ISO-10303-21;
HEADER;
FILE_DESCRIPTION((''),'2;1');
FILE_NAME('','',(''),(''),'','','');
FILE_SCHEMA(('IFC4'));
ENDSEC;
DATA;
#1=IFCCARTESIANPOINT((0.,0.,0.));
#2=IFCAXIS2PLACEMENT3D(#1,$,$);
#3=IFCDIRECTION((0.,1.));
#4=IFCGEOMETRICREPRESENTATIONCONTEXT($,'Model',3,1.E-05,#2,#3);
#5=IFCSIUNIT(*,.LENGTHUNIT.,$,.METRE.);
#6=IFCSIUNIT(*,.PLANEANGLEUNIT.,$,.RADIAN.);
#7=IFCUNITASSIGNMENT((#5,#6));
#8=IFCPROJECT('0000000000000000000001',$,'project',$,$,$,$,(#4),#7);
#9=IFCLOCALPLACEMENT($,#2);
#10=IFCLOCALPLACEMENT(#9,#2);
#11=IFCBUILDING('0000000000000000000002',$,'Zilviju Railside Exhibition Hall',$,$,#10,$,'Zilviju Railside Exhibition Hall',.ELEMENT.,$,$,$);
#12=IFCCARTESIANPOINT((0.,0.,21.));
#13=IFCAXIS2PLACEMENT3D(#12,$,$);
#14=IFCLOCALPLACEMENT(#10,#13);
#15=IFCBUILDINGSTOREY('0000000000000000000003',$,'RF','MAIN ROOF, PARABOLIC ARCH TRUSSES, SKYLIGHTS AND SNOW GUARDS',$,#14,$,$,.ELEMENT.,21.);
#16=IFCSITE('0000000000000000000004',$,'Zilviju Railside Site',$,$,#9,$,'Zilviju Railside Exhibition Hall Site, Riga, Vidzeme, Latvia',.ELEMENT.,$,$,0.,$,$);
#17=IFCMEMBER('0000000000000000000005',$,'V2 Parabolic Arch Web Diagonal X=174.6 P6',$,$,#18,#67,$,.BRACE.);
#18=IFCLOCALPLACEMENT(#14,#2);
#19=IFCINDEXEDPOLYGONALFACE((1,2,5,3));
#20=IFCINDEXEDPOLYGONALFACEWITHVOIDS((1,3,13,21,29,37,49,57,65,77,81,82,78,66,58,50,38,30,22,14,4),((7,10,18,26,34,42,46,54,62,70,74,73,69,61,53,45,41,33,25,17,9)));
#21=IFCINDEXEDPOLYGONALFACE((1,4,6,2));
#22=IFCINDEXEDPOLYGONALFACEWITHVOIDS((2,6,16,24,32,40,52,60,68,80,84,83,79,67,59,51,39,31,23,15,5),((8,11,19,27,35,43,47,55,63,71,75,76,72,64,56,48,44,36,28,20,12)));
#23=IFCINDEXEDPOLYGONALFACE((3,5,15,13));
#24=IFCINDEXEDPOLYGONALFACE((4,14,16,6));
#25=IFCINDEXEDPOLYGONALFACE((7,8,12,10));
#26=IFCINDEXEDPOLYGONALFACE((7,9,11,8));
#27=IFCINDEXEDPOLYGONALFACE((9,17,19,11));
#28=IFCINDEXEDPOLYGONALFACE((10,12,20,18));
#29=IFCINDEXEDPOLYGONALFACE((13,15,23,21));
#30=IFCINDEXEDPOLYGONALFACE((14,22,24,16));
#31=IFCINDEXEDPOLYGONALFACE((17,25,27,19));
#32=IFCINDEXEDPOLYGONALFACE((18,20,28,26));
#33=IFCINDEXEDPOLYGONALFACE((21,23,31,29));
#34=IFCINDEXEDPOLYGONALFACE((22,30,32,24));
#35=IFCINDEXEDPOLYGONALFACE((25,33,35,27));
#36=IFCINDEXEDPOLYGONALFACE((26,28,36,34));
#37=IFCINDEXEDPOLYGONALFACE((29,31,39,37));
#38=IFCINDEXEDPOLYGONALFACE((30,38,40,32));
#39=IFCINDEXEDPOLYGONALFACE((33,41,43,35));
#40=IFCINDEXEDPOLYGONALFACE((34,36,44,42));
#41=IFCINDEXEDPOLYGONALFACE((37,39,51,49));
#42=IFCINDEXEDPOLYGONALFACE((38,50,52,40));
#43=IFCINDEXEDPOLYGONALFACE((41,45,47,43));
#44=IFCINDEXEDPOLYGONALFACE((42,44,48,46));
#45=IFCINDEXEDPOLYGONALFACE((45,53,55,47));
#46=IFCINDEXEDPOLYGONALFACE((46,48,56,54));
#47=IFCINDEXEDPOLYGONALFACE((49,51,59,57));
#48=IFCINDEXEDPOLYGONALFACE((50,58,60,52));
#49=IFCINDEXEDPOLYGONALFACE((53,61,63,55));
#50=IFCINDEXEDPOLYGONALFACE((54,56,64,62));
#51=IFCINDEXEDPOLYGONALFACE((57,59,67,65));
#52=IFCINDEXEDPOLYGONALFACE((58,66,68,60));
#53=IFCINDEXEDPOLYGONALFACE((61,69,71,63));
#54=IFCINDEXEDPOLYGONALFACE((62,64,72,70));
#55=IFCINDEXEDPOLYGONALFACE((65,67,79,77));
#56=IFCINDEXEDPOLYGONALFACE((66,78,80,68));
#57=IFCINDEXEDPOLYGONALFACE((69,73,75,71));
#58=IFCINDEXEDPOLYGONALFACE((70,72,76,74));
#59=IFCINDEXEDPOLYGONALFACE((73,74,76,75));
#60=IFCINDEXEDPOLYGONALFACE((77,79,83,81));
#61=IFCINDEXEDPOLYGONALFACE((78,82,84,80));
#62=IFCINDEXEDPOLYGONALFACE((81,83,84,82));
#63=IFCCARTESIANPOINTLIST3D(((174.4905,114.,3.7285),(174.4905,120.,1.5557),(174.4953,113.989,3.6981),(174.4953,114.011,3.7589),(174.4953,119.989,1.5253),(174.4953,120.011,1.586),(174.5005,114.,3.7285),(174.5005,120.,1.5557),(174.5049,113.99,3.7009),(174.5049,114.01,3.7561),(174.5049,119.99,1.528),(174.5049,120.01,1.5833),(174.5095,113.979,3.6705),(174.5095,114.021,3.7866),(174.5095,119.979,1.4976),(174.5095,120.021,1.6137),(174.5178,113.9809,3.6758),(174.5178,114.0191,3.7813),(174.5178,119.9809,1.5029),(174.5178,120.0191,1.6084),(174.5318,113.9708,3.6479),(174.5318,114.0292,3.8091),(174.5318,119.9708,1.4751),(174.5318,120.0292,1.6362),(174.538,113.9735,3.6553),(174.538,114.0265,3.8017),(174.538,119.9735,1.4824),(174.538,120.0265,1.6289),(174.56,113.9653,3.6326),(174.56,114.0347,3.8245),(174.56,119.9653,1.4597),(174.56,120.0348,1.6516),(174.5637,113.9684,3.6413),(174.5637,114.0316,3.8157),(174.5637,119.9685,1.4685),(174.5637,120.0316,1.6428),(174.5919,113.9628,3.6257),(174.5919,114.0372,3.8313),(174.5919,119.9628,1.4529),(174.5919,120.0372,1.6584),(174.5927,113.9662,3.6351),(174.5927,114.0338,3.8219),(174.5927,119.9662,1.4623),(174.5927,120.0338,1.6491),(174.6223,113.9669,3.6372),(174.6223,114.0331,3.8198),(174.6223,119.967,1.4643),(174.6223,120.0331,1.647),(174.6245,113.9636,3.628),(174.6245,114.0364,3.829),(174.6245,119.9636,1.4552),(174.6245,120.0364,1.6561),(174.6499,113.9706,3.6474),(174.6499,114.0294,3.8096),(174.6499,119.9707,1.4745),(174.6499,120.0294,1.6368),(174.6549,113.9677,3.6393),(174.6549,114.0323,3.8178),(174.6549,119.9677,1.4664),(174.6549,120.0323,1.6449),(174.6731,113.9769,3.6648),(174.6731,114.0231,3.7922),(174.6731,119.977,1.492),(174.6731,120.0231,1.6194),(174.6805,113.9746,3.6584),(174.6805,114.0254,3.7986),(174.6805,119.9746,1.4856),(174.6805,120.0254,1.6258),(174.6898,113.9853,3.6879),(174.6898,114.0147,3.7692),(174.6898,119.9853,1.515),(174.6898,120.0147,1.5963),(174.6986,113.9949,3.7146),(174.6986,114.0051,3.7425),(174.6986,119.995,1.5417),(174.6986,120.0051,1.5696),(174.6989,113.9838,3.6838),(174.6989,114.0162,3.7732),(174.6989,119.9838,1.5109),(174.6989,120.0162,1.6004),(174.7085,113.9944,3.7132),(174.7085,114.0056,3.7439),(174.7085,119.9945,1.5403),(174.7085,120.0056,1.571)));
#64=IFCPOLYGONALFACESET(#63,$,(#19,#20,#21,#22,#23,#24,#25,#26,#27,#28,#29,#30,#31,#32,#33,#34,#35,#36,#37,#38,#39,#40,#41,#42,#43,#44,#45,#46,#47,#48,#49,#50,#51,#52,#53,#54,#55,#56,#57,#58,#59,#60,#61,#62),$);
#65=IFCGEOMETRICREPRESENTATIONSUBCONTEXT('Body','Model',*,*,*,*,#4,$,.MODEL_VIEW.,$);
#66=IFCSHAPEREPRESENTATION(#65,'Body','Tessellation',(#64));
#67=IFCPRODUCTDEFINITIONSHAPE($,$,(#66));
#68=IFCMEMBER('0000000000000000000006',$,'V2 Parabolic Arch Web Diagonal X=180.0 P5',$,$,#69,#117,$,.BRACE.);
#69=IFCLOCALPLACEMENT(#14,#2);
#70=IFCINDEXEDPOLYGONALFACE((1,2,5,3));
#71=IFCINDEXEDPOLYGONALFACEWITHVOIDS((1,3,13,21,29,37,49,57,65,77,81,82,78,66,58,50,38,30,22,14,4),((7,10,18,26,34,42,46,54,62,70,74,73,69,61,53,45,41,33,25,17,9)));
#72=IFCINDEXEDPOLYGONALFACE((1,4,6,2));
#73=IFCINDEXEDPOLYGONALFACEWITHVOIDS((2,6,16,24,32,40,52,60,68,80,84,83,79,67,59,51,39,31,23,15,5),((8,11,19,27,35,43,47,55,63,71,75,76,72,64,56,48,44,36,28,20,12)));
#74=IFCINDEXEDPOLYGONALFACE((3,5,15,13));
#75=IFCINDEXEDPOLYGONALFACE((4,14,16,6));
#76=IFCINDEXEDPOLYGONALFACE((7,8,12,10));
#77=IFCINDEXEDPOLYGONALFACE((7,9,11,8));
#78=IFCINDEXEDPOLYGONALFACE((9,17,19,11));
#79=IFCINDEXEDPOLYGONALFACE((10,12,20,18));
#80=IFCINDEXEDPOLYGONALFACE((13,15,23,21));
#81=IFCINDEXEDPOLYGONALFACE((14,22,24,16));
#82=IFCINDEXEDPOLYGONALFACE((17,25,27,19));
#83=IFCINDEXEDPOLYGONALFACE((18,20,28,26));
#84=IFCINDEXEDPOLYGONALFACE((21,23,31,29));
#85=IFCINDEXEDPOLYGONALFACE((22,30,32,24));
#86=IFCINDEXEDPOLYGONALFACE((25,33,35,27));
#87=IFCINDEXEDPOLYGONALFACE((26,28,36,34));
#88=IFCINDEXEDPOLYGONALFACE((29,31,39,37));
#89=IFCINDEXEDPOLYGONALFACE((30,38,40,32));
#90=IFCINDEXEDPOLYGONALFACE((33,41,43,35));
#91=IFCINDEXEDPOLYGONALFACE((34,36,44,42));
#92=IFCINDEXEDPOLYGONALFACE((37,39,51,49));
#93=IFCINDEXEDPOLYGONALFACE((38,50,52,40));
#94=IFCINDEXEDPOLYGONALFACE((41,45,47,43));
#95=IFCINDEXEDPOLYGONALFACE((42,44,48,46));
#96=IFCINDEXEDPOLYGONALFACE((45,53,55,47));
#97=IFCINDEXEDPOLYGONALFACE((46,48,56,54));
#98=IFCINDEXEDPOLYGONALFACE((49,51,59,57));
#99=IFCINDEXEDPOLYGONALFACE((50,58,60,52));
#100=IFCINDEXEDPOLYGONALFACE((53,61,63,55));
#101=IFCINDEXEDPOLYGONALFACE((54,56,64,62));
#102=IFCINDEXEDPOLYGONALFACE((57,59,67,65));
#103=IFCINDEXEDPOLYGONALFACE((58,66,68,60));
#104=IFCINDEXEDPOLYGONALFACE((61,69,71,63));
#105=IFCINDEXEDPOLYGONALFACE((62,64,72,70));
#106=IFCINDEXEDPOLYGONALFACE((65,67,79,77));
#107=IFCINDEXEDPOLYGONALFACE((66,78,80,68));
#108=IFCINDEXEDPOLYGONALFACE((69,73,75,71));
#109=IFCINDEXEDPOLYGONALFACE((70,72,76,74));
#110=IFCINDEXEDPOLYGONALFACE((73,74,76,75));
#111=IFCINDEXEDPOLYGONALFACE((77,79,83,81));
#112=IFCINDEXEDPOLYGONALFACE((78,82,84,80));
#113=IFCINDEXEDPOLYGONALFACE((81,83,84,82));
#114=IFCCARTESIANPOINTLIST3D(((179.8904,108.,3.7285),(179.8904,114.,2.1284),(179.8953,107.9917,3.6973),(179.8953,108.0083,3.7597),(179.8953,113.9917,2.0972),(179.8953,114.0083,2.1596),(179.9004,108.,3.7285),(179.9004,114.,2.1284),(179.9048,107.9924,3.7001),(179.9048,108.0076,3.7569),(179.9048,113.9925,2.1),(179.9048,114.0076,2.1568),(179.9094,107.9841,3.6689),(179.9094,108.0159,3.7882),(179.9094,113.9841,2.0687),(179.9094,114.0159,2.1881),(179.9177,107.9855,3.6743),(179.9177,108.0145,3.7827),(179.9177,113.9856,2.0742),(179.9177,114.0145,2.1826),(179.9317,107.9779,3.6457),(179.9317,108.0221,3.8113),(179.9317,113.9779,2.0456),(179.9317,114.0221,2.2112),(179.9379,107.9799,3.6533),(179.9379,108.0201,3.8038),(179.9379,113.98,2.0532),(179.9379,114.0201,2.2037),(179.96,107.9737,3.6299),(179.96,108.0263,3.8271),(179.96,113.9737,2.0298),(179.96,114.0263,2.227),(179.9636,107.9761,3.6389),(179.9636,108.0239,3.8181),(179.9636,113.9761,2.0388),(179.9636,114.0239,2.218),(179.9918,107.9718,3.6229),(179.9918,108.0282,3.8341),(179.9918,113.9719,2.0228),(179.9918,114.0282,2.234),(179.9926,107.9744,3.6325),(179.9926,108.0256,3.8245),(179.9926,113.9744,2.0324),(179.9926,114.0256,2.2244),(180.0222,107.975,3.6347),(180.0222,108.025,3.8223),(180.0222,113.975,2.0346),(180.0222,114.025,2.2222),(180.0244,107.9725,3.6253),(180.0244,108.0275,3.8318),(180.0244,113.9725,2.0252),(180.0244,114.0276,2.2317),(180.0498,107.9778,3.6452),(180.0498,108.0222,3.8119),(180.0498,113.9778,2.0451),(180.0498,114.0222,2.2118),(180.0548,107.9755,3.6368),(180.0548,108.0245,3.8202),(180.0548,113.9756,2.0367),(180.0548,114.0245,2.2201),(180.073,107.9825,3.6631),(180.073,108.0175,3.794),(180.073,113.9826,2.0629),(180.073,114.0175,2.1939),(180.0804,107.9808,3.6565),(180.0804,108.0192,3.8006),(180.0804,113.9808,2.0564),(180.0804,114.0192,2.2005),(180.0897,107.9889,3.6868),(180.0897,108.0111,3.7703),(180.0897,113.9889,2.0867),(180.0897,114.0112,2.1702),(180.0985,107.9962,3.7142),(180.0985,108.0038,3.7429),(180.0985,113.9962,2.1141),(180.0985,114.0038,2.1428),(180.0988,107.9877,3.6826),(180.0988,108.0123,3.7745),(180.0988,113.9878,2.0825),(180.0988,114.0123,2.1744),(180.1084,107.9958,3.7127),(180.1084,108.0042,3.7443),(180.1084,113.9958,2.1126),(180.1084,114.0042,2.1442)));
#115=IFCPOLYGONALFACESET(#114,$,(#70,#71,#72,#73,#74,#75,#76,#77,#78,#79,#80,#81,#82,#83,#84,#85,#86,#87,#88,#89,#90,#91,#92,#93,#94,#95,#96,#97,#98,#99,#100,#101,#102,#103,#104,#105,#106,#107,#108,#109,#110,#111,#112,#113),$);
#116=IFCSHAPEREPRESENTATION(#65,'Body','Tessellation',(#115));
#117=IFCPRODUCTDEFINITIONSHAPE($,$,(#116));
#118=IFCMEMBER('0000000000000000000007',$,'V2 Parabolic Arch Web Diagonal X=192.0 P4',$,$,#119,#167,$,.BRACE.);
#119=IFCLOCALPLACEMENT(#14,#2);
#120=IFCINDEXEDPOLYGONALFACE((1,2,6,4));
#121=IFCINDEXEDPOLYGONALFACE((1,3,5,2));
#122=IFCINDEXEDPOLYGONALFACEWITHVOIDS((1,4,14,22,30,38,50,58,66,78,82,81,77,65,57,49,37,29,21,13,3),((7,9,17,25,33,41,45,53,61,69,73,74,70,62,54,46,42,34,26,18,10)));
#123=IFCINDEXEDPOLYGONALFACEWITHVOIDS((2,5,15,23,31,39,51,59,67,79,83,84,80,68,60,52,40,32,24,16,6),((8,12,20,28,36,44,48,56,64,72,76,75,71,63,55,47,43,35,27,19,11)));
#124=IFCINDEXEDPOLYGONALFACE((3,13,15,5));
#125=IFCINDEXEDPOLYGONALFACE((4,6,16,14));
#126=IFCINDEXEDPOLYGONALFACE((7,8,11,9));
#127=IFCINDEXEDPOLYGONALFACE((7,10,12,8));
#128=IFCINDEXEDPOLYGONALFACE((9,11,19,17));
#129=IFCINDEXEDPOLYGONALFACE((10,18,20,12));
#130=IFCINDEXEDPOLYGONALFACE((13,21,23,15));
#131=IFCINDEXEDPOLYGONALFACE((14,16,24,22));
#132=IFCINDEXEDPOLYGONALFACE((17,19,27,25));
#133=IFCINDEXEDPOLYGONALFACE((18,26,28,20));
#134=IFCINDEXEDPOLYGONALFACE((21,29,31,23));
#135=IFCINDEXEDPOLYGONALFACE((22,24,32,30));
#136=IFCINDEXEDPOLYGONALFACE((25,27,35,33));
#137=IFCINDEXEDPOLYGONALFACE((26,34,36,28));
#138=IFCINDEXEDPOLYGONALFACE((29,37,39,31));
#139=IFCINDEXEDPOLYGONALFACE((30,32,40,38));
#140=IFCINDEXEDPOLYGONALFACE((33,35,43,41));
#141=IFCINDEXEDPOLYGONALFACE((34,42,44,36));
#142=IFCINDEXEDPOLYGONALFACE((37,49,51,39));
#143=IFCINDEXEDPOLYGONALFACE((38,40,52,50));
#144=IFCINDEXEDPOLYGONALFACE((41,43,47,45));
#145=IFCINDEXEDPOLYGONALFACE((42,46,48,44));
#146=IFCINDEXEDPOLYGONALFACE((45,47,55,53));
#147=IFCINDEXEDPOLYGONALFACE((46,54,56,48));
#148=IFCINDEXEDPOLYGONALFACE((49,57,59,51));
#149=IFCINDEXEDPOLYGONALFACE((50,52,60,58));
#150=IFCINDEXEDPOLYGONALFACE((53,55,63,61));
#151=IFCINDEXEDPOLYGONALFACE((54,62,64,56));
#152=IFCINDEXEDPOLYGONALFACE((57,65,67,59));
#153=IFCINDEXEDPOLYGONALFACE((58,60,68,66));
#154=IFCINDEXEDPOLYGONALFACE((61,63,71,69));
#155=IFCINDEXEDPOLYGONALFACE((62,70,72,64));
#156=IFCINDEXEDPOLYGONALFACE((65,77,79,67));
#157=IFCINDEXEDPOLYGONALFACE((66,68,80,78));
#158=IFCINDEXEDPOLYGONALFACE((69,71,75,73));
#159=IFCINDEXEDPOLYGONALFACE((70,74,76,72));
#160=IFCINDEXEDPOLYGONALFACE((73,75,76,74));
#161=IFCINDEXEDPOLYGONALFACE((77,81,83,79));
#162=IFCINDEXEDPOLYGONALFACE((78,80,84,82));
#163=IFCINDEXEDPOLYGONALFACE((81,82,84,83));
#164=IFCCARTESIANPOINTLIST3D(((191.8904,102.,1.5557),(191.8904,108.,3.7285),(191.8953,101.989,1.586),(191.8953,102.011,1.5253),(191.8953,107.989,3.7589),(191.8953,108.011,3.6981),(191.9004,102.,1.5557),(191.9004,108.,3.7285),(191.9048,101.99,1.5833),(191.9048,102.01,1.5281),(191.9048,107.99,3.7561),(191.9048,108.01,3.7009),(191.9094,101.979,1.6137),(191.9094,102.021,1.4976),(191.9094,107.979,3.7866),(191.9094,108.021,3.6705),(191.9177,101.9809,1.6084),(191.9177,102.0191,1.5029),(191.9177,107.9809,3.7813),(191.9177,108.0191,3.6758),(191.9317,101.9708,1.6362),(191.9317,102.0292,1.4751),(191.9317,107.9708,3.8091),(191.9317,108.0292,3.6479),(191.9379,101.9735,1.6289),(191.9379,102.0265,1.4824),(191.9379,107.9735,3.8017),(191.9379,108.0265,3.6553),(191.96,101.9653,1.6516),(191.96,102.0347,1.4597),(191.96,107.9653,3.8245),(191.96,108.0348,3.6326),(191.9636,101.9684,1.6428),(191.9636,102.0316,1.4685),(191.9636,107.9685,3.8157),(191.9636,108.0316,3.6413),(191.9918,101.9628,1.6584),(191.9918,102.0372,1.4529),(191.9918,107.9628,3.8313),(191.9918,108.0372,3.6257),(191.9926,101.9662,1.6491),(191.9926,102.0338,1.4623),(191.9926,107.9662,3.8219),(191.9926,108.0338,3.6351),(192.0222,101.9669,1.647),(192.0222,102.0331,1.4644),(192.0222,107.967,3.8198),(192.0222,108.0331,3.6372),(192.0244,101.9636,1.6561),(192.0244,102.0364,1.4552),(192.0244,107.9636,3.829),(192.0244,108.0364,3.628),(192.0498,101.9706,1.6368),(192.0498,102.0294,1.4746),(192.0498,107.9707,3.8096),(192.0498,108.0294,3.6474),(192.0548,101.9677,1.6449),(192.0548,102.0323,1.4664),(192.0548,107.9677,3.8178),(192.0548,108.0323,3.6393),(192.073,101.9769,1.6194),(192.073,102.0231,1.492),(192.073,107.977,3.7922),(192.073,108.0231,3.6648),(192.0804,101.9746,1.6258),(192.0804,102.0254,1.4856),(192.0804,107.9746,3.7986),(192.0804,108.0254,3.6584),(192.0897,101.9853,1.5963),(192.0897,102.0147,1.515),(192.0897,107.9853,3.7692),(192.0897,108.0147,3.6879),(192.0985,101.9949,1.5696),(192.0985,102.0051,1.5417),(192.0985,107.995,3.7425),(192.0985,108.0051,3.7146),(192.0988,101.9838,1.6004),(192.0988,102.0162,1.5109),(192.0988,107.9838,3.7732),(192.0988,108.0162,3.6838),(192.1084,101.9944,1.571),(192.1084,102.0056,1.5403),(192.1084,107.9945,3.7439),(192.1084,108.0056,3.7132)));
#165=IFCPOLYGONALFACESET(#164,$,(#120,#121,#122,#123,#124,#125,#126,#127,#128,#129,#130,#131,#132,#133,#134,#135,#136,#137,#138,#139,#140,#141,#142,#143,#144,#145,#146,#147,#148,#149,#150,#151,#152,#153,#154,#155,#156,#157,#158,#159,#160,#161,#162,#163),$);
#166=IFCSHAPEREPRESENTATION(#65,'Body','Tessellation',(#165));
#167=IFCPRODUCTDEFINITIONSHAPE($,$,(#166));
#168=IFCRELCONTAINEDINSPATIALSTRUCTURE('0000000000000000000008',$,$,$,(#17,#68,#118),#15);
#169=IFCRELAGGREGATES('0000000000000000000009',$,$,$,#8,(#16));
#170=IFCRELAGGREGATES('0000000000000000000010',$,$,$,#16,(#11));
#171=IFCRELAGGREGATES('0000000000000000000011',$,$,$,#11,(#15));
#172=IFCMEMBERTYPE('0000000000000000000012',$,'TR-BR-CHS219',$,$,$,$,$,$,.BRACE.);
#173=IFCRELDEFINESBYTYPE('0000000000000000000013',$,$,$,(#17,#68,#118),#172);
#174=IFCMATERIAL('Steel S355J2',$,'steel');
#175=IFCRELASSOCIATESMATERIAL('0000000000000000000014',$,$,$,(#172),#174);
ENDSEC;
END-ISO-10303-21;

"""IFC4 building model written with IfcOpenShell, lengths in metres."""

from ifc_helpers import new_model, si_unit, direction, frame, origin, origin_2d, place, context, subcontext, project, spatial, hollow_circle, extrude, material, material_profile, profile_set, type_object, element, save


model = new_model("IFC4")

# Units and contexts
model_context = context("Model", 3, precision=1e-05, world=origin(), true_north=direction((0.0, 1.0)))
body_context = subcontext(model_context, "Body", "Model", "MODEL_VIEW")
ifc_project = project(units=[si_unit("LENGTHUNIT", "METRE"), si_unit("PLANEANGLEUNIT", "RADIAN")], contexts=[model_context])

# Site, building, storey
site_placement = place(None, origin())
site = spatial("IfcSite", under=ifc_project, at=site_placement, Name="Zilviju Railside Site", LongName="Zilviju Railside Exhibition Hall Site, Riga, Vidzeme, Latvia", CompositionType="ELEMENT", RefElevation=0.0)
building_placement = place(site_placement, origin())
building = spatial("IfcBuilding", under=site, at=building_placement, Name="Zilviju Railside Exhibition Hall", LongName="Zilviju Railside Exhibition Hall", CompositionType="ELEMENT")
storey_placement = place(building_placement, frame((0.0, 0.0, 21.0)))
storey = spatial("IfcBuildingStorey", under=building, at=storey_placement, Name="RF", Description="MAIN ROOF, PARABOLIC ARCH TRUSSES, SKYLIGHTS AND SNOW GUARDS", CompositionType="ELEMENT", Elevation=21.0)

# Members
ifc_material_1 = material(Name="Steel S355J2", Category="steel")
ifc_material_profile_1 = material_profile(ifc_material_1, hollow_circle(Radius=0.1096, WallThickness=0.01, at=origin_2d()), Name="CHS 219.1x10.0")
ifc_profile_set_1 = profile_set([ifc_material_profile_1], Name="Steel S355J2")
member_type_1 = type_object("IfcMemberType", Name="TR-BR-CHS219", PredefinedType="BRACE", material=ifc_profile_set_1)
member_1_placement = place(storey_placement, frame((174.6001, 114.0, 3.7285), z_axis=(0.0, 0.940244, -0.340502), x_axis=(-1.0, 0.0, 0.0)))
element("IfcMember", 1, at=member_1_placement, inside=storey, type_object=member_type_1, Name="V2 Parabolic Arch Web Diagonal X=174.6 P6", PredefinedType="BRACE", context=body_context, shape_type="SweptSolid", body=[
    extrude(hollow_circle(Radius=0.1096, WallThickness=0.01, at=origin_2d()), origin(), (0.0, 0.0, 1.0), 6.3813),
])
member_2_placement = place(storey_placement, frame((180.0, 108.0, 3.7285), z_axis=(0.0, 0.966231, -0.257677), x_axis=(-1.0, 0.0, 0.0)))
element("IfcMember", 2, at=member_2_placement, inside=storey, type_object=member_type_1, Name="V2 Parabolic Arch Web Diagonal X=180.0 P5", PredefinedType="BRACE", context=body_context, shape_type="SweptSolid", body=[
    extrude(hollow_circle(Radius=0.1096, WallThickness=0.01, at=origin_2d()), origin(), (0.0, 0.0, 1.0), 6.2097),
])
member_3_placement = place(storey_placement, frame((192.0, 102.0, 1.5557), z_axis=(0.0, 0.940244, 0.340502), x_axis=(-1.0, 0.0, 0.0)))
element("IfcMember", 3, at=member_3_placement, inside=storey, type_object=member_type_1, Name="V2 Parabolic Arch Web Diagonal X=192.0 P4", PredefinedType="BRACE", context=body_context, shape_type="SweptSolid", body=[
    extrude(hollow_circle(Radius=0.1096, WallThickness=0.01, at=origin_2d()), origin(), (0.0, 0.0, 1.0), 6.3813),
])

save(model, "model.ifc")
